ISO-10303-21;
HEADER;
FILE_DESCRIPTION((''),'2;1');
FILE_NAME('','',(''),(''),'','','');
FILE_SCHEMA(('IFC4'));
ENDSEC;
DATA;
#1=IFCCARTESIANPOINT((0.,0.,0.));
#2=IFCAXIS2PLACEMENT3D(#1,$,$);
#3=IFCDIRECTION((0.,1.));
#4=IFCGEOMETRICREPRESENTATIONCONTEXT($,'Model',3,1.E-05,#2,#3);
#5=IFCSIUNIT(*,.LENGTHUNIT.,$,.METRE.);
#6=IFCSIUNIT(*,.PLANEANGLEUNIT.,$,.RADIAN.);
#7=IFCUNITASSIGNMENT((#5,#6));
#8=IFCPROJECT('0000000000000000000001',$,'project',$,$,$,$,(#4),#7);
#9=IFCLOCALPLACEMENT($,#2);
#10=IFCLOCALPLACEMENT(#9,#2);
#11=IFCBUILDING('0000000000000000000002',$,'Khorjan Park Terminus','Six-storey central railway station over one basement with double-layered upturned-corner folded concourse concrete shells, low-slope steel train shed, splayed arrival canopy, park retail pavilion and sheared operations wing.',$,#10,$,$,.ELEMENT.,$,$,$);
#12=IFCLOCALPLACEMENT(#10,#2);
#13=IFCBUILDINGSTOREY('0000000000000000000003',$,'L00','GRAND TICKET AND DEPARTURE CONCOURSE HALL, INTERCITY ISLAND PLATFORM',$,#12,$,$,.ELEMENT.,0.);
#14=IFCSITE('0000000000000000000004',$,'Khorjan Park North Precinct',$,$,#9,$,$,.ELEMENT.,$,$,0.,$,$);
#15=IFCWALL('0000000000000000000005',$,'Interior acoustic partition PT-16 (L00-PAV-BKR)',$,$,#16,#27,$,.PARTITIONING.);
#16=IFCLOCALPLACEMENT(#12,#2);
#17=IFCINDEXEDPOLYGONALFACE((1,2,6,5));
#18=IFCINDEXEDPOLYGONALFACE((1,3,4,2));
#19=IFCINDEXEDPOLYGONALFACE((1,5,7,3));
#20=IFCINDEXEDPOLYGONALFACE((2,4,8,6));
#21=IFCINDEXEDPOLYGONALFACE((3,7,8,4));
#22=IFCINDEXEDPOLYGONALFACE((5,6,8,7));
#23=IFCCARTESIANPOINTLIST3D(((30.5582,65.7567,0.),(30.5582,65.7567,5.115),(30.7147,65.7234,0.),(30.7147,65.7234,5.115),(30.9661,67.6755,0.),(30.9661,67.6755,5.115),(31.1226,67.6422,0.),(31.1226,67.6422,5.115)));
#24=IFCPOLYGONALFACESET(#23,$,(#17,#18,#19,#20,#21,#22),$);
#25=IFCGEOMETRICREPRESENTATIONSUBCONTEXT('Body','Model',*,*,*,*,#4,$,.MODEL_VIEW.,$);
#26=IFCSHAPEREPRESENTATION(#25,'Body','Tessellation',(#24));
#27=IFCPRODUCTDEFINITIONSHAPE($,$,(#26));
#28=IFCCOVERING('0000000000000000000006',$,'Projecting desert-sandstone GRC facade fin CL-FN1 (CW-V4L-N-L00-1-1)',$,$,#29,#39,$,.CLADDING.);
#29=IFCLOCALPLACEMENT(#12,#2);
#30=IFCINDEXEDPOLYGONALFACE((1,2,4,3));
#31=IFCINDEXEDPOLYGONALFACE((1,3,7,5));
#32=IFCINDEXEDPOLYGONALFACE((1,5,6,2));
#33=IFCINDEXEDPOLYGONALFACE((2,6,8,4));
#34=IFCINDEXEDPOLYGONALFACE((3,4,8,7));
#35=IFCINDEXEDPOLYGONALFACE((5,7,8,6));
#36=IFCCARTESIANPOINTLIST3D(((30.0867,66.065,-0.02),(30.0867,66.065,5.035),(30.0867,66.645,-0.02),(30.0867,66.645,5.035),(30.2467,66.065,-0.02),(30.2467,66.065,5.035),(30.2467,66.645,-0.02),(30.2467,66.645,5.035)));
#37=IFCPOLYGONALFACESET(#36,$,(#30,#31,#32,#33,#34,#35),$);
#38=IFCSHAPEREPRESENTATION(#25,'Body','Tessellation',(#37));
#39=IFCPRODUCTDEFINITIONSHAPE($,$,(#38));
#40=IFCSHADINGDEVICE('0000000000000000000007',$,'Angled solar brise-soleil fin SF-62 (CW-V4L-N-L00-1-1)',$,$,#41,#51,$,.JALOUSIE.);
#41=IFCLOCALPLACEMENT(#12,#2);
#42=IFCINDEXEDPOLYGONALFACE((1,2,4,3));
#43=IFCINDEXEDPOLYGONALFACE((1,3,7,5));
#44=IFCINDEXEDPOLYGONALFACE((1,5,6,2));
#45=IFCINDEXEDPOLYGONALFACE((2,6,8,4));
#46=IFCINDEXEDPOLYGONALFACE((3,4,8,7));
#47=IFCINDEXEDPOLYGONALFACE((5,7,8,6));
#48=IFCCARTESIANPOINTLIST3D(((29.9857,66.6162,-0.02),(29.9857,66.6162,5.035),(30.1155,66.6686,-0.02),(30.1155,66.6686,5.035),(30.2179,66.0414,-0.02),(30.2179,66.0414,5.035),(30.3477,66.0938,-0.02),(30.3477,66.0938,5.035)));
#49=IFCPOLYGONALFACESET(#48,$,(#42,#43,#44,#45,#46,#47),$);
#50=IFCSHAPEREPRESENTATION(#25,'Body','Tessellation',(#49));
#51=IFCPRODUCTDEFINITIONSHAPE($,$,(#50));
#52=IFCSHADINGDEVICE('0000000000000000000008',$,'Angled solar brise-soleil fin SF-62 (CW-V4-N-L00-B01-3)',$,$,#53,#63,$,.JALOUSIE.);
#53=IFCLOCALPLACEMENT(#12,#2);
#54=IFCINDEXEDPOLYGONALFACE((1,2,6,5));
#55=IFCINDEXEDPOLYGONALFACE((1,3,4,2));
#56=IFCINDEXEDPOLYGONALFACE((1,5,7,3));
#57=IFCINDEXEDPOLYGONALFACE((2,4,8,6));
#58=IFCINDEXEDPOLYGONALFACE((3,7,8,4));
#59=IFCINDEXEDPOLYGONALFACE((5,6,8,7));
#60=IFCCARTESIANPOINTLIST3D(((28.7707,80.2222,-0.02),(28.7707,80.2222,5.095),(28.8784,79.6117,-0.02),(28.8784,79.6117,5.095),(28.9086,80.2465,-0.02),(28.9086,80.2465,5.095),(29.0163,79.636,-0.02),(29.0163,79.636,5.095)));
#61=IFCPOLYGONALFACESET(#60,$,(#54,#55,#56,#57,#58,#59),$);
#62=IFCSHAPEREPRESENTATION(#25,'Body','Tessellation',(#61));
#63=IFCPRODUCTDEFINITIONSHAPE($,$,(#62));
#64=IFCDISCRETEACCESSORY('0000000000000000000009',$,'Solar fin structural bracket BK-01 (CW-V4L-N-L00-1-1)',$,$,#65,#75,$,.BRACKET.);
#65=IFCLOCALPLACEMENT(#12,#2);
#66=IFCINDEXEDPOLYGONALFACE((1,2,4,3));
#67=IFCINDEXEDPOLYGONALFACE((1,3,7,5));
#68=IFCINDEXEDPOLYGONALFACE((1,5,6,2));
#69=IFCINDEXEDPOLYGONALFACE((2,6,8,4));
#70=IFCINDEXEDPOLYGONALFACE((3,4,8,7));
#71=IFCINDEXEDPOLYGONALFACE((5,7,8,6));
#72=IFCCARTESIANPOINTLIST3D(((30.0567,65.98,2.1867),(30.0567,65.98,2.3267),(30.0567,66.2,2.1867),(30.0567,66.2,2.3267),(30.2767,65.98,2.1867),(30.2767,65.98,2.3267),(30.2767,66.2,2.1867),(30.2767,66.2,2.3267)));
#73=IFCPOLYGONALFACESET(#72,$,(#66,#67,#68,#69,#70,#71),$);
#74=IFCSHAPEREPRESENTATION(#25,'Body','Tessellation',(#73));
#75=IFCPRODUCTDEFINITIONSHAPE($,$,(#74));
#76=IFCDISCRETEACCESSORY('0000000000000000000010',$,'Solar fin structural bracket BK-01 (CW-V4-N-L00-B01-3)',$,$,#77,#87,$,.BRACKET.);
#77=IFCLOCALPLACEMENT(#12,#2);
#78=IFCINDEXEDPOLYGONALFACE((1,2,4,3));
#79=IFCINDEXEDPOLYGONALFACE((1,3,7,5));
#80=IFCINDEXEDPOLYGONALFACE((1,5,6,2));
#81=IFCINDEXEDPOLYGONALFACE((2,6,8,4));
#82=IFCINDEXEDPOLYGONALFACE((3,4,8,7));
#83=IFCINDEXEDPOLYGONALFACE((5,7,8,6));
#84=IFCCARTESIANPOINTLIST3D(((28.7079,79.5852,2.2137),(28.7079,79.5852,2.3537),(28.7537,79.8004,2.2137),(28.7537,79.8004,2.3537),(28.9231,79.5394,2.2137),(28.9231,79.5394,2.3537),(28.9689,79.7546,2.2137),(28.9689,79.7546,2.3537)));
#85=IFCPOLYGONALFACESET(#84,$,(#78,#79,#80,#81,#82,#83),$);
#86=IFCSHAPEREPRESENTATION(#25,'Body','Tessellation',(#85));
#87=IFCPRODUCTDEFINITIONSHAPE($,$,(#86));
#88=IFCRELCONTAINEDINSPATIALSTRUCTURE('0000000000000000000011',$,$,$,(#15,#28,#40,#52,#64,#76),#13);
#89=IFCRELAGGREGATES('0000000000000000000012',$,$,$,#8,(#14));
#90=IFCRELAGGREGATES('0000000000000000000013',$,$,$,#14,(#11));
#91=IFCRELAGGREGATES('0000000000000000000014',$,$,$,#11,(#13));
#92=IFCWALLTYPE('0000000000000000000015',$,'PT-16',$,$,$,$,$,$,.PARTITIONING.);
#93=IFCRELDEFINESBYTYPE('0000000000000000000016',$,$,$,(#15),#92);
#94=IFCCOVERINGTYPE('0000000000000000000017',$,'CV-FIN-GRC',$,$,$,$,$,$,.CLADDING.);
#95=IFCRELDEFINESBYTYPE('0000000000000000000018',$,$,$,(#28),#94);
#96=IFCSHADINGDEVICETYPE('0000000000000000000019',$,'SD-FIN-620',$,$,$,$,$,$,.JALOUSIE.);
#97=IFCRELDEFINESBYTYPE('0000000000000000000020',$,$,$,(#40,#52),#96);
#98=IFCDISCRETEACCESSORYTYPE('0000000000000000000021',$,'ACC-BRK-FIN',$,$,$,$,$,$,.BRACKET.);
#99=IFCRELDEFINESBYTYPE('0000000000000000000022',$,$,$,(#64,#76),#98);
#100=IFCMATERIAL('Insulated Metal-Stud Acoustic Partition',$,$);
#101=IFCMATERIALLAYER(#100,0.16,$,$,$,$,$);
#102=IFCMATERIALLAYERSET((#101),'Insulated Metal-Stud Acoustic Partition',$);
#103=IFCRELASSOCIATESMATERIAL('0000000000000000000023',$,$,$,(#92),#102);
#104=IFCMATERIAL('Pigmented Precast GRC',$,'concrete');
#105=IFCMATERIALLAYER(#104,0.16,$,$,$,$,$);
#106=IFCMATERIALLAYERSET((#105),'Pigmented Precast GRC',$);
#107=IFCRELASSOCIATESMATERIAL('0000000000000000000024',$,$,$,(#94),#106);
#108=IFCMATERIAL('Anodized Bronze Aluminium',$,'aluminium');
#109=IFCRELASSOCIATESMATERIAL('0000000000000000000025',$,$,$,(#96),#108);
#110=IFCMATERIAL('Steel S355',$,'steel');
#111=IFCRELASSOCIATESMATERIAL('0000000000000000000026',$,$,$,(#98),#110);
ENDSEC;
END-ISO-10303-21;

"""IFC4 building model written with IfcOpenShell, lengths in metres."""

from ifc_helpers import new_model, si_unit, direction, frame, frame_2d, origin, origin_2d, place, context, subcontext, project, spatial, rectangle, extrude, material, layer, layer_set, type_object, element, save


model = new_model("IFC4")

# Units and contexts
model_context = context("Model", 3, precision=1e-05, world=origin(), true_north=direction((0.0, 1.0)))
body_context = subcontext(model_context, "Body", "Model", "MODEL_VIEW")
ifc_project = project(units=[si_unit("LENGTHUNIT", "METRE"), si_unit("PLANEANGLEUNIT", "RADIAN")], contexts=[model_context])

# Site, building, storey
site_placement = place(None, origin())
site = spatial("IfcSite", under=ifc_project, at=site_placement, Name="Khorjan Park North Precinct", CompositionType="ELEMENT", RefElevation=0.0)
building_placement = place(site_placement, origin())
building = spatial("IfcBuilding", under=site, at=building_placement, Name="Khorjan Park Terminus", Description="Six-storey central railway station over one basement with double-layered upturned-corner folded concourse concrete shells, low-slope steel train shed, splayed arrival canopy, park retail pavilion and sheared operations wing.", CompositionType="ELEMENT")
storey_placement = place(building_placement, origin())
storey = spatial("IfcBuildingStorey", under=building, at=storey_placement, Name="L00", Description="GRAND TICKET AND DEPARTURE CONCOURSE HALL, INTERCITY ISLAND PLATFORM", CompositionType="ELEMENT", Elevation=0.0)

# Shared definitions
ifc_material_1 = material(Name="Steel S355", Category="steel")

# Shared definitions
ifc_material_2 = material(Name="Anodized Bronze Aluminium", Category="aluminium")

# Wall
ifc_material_3 = material(Name="Insulated Metal-Stud Acoustic Partition")
ifc_layer_1 = layer(ifc_material_3, 0.16)
ifc_layer_set_1 = layer_set([ifc_layer_1], Name="Insulated Metal-Stud Acoustic Partition")
wall_type_1 = type_object("IfcWallType", Name="PT-16", PredefinedType="PARTITIONING", material=ifc_layer_set_1)
wall_1_placement = place(storey_placement, frame((31.0443, 67.6588, 0.0), z_axis=(0.0, 0.0, 1.0), x_axis=(-0.207934, -0.978143, 0.0)))
element("IfcWall", 1, at=wall_1_placement, inside=storey, type_object=wall_type_1, Name="Interior acoustic partition PT-16 (L00-PAV-BKR)", PredefinedType="PARTITIONING", context=body_context, shape_type="SweptSolid", body=[
    extrude(rectangle(XDim=1.9617, YDim=0.16, at=frame_2d((0.9808, 0.0))), origin(), (0.0, 0.0, 1.0), 5.115),
])

# Covering
ifc_material_4 = material(Name="Pigmented Precast GRC", Category="concrete")
ifc_layer_2 = layer(ifc_material_4, 0.16)
ifc_layer_set_2 = layer_set([ifc_layer_2], Name="Pigmented Precast GRC")
covering_type = type_object("IfcCoveringType", Name="CV-FIN-GRC", PredefinedType="CLADDING", material=ifc_layer_set_2)
covering_placement = place(storey_placement, frame((30.1667, 66.355, -0.02), z_axis=(0.0, 0.0, 1.0), x_axis=(0.0, -1.0, 0.0)))
element("IfcCovering", 2, at=covering_placement, inside=storey, type_object=covering_type, Name="Projecting desert-sandstone GRC facade fin CL-FN1 (CW-V4L-N-L00-1-1)", PredefinedType="CLADDING", context=body_context, shape_type="SweptSolid", body=[
    extrude(rectangle(XDim=0.58, YDim=0.16, at=origin_2d()), origin(), (0.0, 0.0, 1.0), 5.055),
])

# Shading devices
shading_device_type = type_object("IfcShadingDeviceType", Name="SD-FIN-620", PredefinedType="JALOUSIE", material=ifc_material_2)
shading_device_1_placement = place(storey_placement, frame((30.1667, 66.355, -0.02), z_axis=(0.0, 0.0, 1.0), x_axis=(0.374607, -0.927184, 0.0)))
element("IfcShadingDevice", 3, at=shading_device_1_placement, inside=storey, type_object=shading_device_type, Name="Angled solar brise-soleil fin SF-62 (CW-V4L-N-L00-1-1)", PredefinedType="JALOUSIE", context=body_context, shape_type="SweptSolid", body=[
    extrude(rectangle(XDim=0.62, YDim=0.14, at=origin_2d()), origin(), (0.0, 0.0, 1.0), 5.055),
])
shading_device_2_placement = place(storey_placement, frame((28.8935, 79.9291, -0.02), z_axis=(0.0, 0.0, 1.0), x_axis=(0.173648, -0.984808, 0.0)))
element("IfcShadingDevice", 4, at=shading_device_2_placement, inside=storey, type_object=shading_device_type, Name="Angled solar brise-soleil fin SF-62 (CW-V4-N-L00-B01-3)", PredefinedType="JALOUSIE", context=body_context, shape_type="SweptSolid", body=[
    extrude(rectangle(XDim=0.62, YDim=0.14, at=origin_2d()), origin(), (0.0, 0.0, 1.0), 5.115),
])

# Discrete accessories
discrete_accessory_type = type_object("IfcDiscreteAccessoryType", Name="ACC-BRK-FIN", PredefinedType="BRACKET", material=ifc_material_1)
for number, where, z_axis, x_axis, name in (
    (5, (30.1667, 66.09, 2.1867), (0.0, 0.0, 1.0), (-1.0, 0.0, 0.0), "Solar fin structural bracket BK-01 (CW-V4L-N-L00-1-1)"),
    (6, (28.8384, 79.6699, 2.2137), (0.0, 0.0, 1.0), (-0.97815, 0.207903, 0.0), "Solar fin structural bracket BK-01 (CW-V4-N-L00-B01-3)"),
):
    element("IfcDiscreteAccessory", number, at=place(storey_placement, frame(where, z_axis=z_axis, x_axis=x_axis)), inside=storey, type_object=discrete_accessory_type, Name=name, PredefinedType="BRACKET", context=body_context, shape_type="SweptSolid", body=[
        extrude(rectangle(XDim=0.22, YDim=0.22, at=origin_2d()), origin(), (0.0, 0.0, 1.0), 0.14),
    ])

save(model, "model.ifc")
